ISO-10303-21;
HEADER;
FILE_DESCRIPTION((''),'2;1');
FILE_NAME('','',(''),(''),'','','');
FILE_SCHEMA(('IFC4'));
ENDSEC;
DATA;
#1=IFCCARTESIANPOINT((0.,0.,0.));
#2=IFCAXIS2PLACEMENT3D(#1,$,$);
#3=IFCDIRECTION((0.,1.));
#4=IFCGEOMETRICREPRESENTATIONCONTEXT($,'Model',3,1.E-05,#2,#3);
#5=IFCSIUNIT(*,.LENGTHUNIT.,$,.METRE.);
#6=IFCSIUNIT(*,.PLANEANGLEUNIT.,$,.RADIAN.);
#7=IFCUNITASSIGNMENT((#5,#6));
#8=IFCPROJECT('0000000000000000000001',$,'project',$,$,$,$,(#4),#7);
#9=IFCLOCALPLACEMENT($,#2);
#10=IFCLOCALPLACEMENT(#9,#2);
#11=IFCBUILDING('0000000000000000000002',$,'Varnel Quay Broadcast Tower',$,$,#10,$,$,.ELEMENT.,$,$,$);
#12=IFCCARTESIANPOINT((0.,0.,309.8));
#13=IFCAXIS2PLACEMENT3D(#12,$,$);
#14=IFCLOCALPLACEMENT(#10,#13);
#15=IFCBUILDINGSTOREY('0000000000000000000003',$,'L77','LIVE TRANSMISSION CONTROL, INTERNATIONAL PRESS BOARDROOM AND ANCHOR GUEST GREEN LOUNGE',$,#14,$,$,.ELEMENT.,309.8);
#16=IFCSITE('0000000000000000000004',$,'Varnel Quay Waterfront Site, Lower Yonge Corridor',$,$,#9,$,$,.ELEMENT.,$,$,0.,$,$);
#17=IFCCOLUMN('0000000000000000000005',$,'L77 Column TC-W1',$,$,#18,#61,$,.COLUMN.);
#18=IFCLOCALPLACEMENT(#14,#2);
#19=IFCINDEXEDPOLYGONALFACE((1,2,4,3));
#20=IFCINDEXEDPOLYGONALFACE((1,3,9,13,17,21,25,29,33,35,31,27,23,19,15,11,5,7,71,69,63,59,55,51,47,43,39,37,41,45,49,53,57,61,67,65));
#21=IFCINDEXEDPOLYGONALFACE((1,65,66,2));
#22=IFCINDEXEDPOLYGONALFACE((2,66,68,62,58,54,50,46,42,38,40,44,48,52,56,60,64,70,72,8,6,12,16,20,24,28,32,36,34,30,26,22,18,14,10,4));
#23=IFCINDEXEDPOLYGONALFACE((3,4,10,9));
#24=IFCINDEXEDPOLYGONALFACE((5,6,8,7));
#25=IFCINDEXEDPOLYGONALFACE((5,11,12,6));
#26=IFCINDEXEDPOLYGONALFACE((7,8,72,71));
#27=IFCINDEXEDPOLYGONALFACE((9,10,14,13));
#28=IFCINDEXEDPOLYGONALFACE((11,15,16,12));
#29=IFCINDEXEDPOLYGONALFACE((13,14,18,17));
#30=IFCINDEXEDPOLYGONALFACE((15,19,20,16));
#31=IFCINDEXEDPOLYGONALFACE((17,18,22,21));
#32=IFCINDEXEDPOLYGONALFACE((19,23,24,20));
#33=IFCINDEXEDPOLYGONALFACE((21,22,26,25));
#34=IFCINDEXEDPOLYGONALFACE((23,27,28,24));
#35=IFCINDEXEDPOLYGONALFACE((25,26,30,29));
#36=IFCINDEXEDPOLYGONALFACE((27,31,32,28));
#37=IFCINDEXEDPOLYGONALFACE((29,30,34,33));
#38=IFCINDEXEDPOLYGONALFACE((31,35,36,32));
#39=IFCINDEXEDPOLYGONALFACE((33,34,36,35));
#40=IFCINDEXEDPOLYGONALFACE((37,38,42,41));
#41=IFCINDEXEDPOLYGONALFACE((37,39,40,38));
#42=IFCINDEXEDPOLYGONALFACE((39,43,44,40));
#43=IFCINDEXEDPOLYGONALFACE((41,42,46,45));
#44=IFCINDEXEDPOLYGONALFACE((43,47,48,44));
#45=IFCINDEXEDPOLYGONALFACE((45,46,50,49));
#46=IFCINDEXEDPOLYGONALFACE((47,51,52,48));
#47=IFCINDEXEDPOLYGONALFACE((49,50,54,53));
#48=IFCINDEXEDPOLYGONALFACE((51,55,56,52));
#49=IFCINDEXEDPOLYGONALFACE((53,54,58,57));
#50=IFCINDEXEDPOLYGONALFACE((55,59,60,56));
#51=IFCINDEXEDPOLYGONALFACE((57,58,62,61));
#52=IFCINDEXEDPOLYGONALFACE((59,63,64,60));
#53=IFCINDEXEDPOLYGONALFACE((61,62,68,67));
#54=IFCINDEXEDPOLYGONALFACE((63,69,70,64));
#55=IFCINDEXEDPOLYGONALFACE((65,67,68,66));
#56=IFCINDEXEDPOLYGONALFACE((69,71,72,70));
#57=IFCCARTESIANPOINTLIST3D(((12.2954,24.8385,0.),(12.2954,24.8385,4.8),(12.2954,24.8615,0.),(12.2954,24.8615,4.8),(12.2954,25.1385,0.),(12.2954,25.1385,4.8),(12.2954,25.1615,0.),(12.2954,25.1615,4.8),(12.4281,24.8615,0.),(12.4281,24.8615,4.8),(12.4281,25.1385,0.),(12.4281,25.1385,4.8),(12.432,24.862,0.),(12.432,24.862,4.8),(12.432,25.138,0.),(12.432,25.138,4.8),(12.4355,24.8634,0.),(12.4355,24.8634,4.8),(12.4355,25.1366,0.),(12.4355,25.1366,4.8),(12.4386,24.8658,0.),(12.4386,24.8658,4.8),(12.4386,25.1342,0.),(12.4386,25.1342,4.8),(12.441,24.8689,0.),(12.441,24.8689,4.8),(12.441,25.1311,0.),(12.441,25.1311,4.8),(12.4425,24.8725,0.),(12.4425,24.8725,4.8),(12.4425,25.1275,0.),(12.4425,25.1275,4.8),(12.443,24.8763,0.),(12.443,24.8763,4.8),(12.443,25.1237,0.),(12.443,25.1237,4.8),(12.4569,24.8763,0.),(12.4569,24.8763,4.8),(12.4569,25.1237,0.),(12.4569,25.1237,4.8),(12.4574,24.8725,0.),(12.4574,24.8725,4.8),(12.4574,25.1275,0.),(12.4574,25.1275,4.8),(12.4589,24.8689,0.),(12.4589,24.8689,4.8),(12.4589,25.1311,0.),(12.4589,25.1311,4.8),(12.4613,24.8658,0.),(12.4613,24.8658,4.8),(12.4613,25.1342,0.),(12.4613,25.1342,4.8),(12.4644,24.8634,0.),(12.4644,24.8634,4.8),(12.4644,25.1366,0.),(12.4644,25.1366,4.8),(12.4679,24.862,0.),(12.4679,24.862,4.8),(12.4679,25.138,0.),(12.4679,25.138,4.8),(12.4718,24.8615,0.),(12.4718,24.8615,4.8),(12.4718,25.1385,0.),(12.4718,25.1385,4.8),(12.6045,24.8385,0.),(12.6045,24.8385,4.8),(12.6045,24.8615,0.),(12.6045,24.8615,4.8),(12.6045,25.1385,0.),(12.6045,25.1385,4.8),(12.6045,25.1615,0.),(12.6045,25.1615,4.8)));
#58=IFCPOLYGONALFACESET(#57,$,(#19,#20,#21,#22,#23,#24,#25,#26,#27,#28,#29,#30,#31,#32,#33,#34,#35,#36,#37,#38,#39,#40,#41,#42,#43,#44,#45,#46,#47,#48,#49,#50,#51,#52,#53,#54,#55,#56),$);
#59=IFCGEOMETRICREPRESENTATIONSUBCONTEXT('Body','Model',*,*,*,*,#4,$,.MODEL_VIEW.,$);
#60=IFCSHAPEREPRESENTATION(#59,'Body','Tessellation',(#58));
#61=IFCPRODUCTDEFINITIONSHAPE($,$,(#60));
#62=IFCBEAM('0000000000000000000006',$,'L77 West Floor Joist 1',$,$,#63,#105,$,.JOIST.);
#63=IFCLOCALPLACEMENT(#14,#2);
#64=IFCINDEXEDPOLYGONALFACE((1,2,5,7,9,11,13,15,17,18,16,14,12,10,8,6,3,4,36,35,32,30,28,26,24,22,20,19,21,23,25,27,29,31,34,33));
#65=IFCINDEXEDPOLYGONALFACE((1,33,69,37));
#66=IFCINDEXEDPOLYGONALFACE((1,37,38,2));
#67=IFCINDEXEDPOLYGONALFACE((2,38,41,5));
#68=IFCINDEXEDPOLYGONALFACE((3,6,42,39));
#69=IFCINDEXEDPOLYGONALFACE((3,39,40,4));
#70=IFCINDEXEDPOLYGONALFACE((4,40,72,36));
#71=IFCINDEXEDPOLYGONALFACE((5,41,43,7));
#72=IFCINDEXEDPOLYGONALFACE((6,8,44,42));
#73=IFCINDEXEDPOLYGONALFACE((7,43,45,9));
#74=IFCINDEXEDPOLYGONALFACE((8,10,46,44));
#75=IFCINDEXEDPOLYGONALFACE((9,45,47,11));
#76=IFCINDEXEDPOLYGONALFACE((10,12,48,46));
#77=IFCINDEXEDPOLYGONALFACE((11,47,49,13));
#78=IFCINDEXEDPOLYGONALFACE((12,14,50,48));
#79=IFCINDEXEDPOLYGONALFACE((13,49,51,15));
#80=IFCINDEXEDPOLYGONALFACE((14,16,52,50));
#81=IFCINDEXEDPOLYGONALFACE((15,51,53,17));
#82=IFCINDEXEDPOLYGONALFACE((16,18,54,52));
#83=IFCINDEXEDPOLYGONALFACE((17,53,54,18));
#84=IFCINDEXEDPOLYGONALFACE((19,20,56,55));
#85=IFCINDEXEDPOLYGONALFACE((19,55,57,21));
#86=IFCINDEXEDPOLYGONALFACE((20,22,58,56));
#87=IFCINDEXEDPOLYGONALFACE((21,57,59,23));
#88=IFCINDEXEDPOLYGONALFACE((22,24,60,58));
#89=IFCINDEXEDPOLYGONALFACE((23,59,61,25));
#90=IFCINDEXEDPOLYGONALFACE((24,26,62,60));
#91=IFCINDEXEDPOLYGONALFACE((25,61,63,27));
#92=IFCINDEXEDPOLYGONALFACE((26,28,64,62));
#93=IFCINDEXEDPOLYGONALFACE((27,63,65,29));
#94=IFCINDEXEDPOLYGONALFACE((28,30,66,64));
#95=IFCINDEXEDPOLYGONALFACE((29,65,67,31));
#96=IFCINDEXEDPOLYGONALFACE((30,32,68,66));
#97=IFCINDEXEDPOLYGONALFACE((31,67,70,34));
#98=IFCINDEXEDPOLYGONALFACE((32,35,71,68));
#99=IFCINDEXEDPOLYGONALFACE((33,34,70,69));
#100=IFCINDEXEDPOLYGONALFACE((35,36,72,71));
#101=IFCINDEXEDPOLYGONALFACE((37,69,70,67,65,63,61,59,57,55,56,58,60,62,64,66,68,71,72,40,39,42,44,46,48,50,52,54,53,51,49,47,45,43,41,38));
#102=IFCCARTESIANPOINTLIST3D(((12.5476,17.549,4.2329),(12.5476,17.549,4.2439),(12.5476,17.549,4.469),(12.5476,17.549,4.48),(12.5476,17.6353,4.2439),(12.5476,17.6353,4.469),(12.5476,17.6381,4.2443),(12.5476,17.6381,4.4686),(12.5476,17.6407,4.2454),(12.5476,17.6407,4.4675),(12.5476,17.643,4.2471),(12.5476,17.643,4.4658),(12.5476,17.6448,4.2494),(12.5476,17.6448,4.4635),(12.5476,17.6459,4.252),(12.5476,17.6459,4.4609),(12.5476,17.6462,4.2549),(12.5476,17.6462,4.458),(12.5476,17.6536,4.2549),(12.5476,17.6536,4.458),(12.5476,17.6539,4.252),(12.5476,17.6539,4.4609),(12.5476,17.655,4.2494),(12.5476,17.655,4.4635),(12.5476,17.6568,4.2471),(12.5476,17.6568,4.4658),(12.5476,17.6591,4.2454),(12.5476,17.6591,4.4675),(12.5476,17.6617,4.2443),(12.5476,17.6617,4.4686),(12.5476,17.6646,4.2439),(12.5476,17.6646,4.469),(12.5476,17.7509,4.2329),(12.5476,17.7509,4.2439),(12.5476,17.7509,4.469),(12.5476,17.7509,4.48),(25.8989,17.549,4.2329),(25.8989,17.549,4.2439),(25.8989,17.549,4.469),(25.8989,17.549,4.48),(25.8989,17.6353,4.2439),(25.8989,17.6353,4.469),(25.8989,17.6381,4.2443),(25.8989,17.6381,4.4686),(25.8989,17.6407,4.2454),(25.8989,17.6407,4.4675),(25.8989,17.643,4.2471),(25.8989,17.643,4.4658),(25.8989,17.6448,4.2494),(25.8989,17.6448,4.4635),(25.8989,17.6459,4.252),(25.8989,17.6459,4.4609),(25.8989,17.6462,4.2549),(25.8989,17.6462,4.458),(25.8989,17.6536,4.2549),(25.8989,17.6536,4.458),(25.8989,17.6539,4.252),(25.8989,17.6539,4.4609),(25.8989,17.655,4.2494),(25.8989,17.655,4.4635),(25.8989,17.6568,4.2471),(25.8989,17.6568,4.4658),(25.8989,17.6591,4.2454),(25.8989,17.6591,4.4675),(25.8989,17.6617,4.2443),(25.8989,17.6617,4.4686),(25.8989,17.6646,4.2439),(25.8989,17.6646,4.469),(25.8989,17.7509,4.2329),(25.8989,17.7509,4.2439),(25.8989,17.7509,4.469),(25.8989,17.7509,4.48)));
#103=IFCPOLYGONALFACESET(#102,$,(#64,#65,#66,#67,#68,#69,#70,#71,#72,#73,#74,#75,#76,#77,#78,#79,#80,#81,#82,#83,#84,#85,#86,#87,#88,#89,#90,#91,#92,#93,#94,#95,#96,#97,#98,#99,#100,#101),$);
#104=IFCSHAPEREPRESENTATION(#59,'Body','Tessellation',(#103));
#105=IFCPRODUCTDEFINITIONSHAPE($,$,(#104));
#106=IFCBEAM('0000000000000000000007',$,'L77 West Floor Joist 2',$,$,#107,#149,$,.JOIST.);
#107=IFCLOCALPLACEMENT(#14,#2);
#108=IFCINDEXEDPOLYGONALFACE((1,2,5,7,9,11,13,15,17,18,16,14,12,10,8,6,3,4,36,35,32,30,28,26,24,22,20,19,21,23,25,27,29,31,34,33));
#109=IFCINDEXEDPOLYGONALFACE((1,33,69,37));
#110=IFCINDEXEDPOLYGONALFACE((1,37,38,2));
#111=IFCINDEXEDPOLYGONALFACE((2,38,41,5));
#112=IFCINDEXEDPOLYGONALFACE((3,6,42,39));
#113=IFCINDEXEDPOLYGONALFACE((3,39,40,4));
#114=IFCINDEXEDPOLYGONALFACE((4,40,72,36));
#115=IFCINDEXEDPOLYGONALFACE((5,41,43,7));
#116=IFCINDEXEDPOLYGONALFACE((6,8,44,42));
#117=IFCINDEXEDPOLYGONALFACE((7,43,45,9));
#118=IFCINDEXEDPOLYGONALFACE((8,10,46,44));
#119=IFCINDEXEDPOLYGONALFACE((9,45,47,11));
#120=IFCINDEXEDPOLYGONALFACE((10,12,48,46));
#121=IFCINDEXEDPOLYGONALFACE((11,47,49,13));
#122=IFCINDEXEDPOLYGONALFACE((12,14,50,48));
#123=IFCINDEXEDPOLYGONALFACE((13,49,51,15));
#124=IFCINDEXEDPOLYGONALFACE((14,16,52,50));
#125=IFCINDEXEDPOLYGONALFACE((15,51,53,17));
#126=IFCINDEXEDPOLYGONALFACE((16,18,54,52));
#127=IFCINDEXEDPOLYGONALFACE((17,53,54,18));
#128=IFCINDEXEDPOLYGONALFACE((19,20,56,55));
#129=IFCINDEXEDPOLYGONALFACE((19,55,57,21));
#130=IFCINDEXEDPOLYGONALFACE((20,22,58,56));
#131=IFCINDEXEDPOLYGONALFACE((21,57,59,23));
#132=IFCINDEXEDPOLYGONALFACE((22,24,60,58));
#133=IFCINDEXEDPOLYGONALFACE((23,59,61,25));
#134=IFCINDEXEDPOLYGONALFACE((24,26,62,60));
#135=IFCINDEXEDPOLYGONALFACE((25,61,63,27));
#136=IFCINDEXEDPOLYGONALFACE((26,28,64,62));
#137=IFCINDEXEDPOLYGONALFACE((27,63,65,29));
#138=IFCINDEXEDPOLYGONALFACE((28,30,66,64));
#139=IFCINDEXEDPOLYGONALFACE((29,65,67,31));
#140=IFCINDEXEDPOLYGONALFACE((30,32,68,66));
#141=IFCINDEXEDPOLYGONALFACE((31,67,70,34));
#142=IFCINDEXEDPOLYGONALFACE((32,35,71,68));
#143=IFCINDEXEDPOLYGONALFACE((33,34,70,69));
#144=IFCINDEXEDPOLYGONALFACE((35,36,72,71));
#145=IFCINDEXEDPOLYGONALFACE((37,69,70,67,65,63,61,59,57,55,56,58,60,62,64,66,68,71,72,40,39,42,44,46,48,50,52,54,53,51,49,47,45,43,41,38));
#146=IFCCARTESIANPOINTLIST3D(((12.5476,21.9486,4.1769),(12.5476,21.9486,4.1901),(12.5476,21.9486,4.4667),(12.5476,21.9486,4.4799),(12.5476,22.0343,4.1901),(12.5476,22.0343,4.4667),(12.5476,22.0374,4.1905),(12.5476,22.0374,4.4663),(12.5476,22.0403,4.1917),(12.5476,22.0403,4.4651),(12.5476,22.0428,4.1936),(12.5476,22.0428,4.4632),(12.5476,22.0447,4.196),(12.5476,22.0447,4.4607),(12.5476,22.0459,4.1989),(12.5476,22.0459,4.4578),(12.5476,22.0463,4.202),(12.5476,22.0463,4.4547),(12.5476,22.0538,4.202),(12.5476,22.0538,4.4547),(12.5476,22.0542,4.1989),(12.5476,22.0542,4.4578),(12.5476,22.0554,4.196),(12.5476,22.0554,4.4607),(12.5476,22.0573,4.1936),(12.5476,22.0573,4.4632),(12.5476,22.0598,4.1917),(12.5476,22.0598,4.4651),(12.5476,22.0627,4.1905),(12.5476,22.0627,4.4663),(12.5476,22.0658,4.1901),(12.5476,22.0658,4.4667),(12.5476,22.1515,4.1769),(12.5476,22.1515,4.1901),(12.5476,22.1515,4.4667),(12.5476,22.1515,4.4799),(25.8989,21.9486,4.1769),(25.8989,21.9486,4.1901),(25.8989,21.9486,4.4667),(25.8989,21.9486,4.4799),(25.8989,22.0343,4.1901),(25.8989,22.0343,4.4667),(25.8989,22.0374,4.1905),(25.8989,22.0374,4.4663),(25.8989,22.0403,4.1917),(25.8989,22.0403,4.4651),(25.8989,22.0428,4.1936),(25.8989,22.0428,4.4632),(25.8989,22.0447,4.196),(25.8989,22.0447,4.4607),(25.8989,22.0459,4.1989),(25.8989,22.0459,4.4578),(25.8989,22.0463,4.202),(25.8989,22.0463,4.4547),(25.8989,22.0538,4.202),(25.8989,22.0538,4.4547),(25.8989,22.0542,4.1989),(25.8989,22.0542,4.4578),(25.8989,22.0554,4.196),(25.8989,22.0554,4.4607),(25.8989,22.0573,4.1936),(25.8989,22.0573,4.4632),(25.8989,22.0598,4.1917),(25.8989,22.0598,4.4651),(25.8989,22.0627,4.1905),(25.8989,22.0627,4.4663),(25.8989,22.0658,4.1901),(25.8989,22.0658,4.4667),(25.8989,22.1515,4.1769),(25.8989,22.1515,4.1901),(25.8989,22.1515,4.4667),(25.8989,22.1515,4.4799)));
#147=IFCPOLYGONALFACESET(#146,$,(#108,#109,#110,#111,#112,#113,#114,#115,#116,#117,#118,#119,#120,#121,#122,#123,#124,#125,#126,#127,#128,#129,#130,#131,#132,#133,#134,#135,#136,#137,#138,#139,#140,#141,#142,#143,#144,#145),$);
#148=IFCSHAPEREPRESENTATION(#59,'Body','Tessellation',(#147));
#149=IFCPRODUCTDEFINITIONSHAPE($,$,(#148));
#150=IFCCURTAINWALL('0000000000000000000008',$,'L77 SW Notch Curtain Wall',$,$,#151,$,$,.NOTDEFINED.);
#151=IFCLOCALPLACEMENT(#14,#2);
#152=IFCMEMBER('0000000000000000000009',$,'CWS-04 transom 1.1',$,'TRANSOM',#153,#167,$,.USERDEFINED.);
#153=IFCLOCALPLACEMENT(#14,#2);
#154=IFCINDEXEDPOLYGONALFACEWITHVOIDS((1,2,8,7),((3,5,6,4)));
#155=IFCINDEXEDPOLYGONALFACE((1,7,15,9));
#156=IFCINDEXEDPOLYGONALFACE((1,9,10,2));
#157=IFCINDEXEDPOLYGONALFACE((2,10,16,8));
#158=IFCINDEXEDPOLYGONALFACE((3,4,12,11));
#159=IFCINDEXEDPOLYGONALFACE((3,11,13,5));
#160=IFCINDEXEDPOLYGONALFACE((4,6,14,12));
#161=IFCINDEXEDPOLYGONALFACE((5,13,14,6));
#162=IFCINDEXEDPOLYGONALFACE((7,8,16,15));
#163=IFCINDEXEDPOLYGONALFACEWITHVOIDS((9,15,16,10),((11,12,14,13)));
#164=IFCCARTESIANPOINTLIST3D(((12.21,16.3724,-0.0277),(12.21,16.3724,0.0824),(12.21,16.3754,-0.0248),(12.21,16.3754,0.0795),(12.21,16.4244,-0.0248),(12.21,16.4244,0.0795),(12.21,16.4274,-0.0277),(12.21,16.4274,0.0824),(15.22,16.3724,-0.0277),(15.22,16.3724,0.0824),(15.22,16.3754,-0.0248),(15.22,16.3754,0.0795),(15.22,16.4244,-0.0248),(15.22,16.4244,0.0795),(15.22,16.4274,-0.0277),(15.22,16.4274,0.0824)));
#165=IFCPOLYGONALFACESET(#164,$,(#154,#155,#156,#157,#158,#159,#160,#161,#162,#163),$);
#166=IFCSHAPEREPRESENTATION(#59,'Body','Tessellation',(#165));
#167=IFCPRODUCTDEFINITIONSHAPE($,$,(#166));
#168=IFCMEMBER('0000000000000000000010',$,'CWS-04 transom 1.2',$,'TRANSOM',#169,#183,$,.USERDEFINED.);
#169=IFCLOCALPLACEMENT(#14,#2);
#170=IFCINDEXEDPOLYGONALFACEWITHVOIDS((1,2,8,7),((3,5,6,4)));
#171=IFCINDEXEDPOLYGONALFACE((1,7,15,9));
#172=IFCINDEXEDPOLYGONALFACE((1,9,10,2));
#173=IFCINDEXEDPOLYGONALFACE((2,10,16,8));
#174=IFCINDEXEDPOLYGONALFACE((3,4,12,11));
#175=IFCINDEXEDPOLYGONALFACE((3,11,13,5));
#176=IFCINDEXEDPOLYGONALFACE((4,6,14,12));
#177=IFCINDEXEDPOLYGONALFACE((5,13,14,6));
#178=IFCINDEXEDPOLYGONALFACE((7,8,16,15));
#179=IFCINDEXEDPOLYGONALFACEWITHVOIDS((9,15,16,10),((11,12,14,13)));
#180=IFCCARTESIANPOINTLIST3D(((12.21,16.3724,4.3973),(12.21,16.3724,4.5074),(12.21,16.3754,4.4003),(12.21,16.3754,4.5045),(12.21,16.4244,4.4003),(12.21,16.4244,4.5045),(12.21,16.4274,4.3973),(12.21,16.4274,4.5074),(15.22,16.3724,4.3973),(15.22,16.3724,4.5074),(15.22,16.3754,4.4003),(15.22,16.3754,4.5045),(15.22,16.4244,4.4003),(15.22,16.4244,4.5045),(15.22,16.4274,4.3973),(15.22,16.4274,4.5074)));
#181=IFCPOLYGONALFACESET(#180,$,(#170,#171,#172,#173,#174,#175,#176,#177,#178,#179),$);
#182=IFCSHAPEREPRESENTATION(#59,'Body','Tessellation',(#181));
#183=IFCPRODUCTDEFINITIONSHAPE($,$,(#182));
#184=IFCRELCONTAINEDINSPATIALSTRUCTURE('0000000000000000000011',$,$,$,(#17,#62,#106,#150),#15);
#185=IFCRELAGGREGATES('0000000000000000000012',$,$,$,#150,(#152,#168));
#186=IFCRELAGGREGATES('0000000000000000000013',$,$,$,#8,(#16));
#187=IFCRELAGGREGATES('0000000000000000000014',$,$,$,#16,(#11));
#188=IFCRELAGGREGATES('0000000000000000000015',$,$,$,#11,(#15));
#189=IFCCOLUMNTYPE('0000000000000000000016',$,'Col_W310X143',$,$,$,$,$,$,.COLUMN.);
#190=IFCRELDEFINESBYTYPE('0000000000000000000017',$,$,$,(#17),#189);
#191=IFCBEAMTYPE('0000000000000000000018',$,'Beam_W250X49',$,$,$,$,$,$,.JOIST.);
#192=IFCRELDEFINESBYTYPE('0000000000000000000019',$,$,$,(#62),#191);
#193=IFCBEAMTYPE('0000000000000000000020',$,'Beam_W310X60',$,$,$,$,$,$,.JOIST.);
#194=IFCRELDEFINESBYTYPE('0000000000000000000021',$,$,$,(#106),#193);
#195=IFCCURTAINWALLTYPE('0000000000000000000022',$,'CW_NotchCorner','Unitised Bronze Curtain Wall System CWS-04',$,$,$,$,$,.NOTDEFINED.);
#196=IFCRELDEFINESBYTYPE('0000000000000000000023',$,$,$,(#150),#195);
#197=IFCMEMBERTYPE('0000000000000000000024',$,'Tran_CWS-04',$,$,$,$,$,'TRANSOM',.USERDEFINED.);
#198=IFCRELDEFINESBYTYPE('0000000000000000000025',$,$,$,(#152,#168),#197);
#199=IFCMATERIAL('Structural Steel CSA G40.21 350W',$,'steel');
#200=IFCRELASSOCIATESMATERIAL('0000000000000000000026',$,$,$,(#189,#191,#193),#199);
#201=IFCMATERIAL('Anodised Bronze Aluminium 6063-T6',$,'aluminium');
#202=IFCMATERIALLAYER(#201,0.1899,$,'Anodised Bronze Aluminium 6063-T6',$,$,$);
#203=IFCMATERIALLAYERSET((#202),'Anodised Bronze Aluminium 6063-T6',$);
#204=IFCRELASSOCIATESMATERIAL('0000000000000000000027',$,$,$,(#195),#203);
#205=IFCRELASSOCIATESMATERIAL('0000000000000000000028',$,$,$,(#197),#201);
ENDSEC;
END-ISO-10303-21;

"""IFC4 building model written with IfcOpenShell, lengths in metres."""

from ifc_helpers import new_model, si_unit, direction, frame, origin, origin_2d, place, context, subcontext, project, spatial, hollow_rectangle, i_section, extrude, source, transform, mapped, material, layer, layer_set, material_profile, profile_set, type_object, type_shapes, element, aggregate, save


model = new_model("IFC4")

# Units and contexts
model_context = context("Model", 3, precision=1e-05, world=origin(), true_north=direction((0.0, 1.0)))
body_context = subcontext(model_context, "Body", "Model", "MODEL_VIEW")
ifc_project = project(units=[si_unit("LENGTHUNIT", "METRE"), si_unit("PLANEANGLEUNIT", "RADIAN")], contexts=[model_context])

# Site, building, storey
site_placement = place(None, origin())
site = spatial("IfcSite", under=ifc_project, at=site_placement, Name="Varnel Quay Waterfront Site, Lower Yonge Corridor", CompositionType="ELEMENT", RefElevation=0.0)
building_placement = place(site_placement, origin())
building = spatial("IfcBuilding", under=site, at=building_placement, Name="Varnel Quay Broadcast Tower", CompositionType="ELEMENT")
storey_placement = place(building_placement, frame((0.0, 0.0, 309.8)))
storey = spatial("IfcBuildingStorey", under=building, at=storey_placement, Name="L77", Description="LIVE TRANSMISSION CONTROL, INTERNATIONAL PRESS BOARDROOM AND ANCHOR GUEST GREEN LOUNGE", CompositionType="ELEMENT", Elevation=309.8)

# Column
ifc_material_1 = material(Name="Structural Steel CSA G40.21 350W", Category="steel")
ifc_material_profile_1 = material_profile(ifc_material_1, i_section(OverallWidth=0.3091, OverallDepth=0.323, WebThickness=0.0139, FlangeThickness=0.0229, FilletRadius=0.0149, at=origin_2d()), Name="W310X143")
ifc_profile_set_1 = profile_set([ifc_material_profile_1], Name="Structural Steel CSA G40.21 350W")
column_type = type_object("IfcColumnType", Name="Col_W310X143", PredefinedType="COLUMN", material=ifc_profile_set_1)
shared_shape_1 = source(origin(), body_context, "Body", "SweptSolid", [
    extrude(i_section(OverallWidth=0.3091, OverallDepth=0.323, WebThickness=0.0139, FlangeThickness=0.0229, FilletRadius=0.0149, at=origin_2d()), origin(), (0.0, 0.0, 1.0), 4.8),
])
type_shapes(column_type, [shared_shape_1])
column_placement = place(storey_placement, frame((12.45, 25.0, 0.0), z_axis=(0.0, 0.0, 1.0), x_axis=(1.0, 0.0, 0.0)))
element("IfcColumn", 1, at=column_placement, inside=storey, type_object=column_type, Name="L77 Column TC-W1", PredefinedType="COLUMN", context=body_context, shape_type="MappedRepresentation", body=[
    mapped(shared_shape_1, transform((0.0, 0.0, 0.0), x_axis=(1.0, 0.0, 0.0), y_axis=(0.0, 1.0, 0.0), z_axis=(0.0, 0.0, 1.0), scale=1.0)),
])

# Beams
ifc_material_profile_2 = material_profile(ifc_material_1, i_section(OverallWidth=0.2019, OverallDepth=0.2471, WebThickness=0.0073, FlangeThickness=0.011, FilletRadius=0.011, at=origin_2d()), Name="W250X49")
ifc_profile_set_2 = profile_set([ifc_material_profile_2], Name="Structural Steel CSA G40.21 350W")
beam_type_1 = type_object("IfcBeamType", Name="Beam_W250X49", PredefinedType="JOIST", material=ifc_profile_set_2)
shared_shape_2 = source(origin(), body_context, "Body", "SweptSolid", [
    extrude(i_section(OverallWidth=0.2019, OverallDepth=0.2471, WebThickness=0.0073, FlangeThickness=0.011, FilletRadius=0.011, at=origin_2d()), origin(), (0.0, 0.0, 1.0), 13.3513),
])
type_shapes(beam_type_1, [shared_shape_2])
beam_1_placement = place(storey_placement, frame((12.5476, 17.6499, 4.3564), z_axis=(1.0, 0.0, 0.0), x_axis=(0.0, 1.0, 0.0)))
element("IfcBeam", 2, at=beam_1_placement, inside=storey, type_object=beam_type_1, Name="L77 West Floor Joist 1", PredefinedType="JOIST", context=body_context, shape_type="MappedRepresentation", body=[
    mapped(shared_shape_2, transform((0.0, 0.0, 0.0), x_axis=(1.0, 0.0, 0.0), y_axis=(0.0, 1.0, 0.0), z_axis=(0.0, 0.0, 1.0), scale=1.0)),
])
ifc_material_profile_3 = material_profile(ifc_material_1, i_section(OverallWidth=0.2029, OverallDepth=0.303, WebThickness=0.0076, FlangeThickness=0.0132, FilletRadius=0.012, at=origin_2d()), Name="W310X60")
ifc_profile_set_3 = profile_set([ifc_material_profile_3], Name="Structural Steel CSA G40.21 350W")
beam_type_2 = type_object("IfcBeamType", Name="Beam_W310X60", PredefinedType="JOIST", material=ifc_profile_set_3)
shared_shape_3 = source(origin(), body_context, "Body", "SweptSolid", [
    extrude(i_section(OverallWidth=0.2029, OverallDepth=0.303, WebThickness=0.0076, FlangeThickness=0.0132, FilletRadius=0.012, at=origin_2d()), origin(), (0.0, 0.0, 1.0), 13.3513),
])
type_shapes(beam_type_2, [shared_shape_3])
beam_2_placement = place(storey_placement, frame((12.5476, 22.05, 4.3284), z_axis=(1.0, 0.0, 0.0), x_axis=(0.0, 1.0, 0.0)))
element("IfcBeam", 3, at=beam_2_placement, inside=storey, type_object=beam_type_2, Name="L77 West Floor Joist 2", PredefinedType="JOIST", context=body_context, shape_type="MappedRepresentation", body=[
    mapped(shared_shape_3, transform((0.0, 0.0, 0.0), x_axis=(1.0, 0.0, 0.0), y_axis=(0.0, 1.0, 0.0), z_axis=(0.0, 0.0, 1.0), scale=1.0)),
])

# Curtain wall, members
ifc_material_2 = material(Name="Anodised Bronze Aluminium 6063-T6", Category="aluminium")
ifc_layer_1 = layer(ifc_material_2, 0.1899, Name="Anodised Bronze Aluminium 6063-T6")
ifc_layer_set_1 = layer_set([ifc_layer_1], Name="Anodised Bronze Aluminium 6063-T6")
curtain_wall_type_1 = type_object("IfcCurtainWallType", Name="CW_NotchCorner", Description="Unitised Bronze Curtain Wall System CWS-04", PredefinedType="NOTDEFINED", material=ifc_layer_set_1)
curtain_wall_1_placement = place(storey_placement, origin())
curtain_wall_1 = element("IfcCurtainWall", 4, at=curtain_wall_1_placement, inside=storey, type_object=curtain_wall_type_1, Name="L77 SW Notch Curtain Wall", PredefinedType="NOTDEFINED")
ifc_material_profile_4 = material_profile(ifc_material_2, hollow_rectangle(XDim=0.0549, YDim=0.1101, WallThickness=0.0029, at=origin_2d()), Name="ALU55X110X3")
ifc_profile_set_4 = profile_set([ifc_material_profile_4], Name="Anodised Bronze Aluminium 6063-T6")
member_type_1 = type_object("IfcMemberType", Name="Tran_CWS-04", ElementType="TRANSOM", PredefinedType="USERDEFINED", material=ifc_profile_set_4)
shared_shape_4 = source(origin(), body_context, "Body", "SweptSolid", [
    extrude(hollow_rectangle(XDim=0.0549, YDim=0.1101, WallThickness=0.0029, at=origin_2d()), origin(), (0.0, 0.0, 1.0), 3.01),
])
type_shapes(member_type_1, [shared_shape_4])
member_1_placement = place(storey_placement, frame((12.21, 16.3999, 0.0273), z_axis=(1.0, 0.0, 0.0), x_axis=(0.0, 1.0, 0.0)))
member_1 = element("IfcMember", 5, at=member_1_placement, type_object=member_type_1, Name="CWS-04 transom 1.1", ObjectType="TRANSOM", PredefinedType="USERDEFINED", context=body_context, shape_type="MappedRepresentation", body=[
    mapped(shared_shape_4, transform((0.0, 0.0, 0.0), x_axis=(1.0, 0.0, 0.0), y_axis=(0.0, 1.0, 0.0), z_axis=(0.0, 0.0, 1.0), scale=1.0)),
])
member_2_placement = place(storey_placement, frame((12.21, 16.3999, 4.4524), z_axis=(1.0, 0.0, 0.0), x_axis=(0.0, 1.0, 0.0)))
member_2 = element("IfcMember", 6, at=member_2_placement, type_object=member_type_1, Name="CWS-04 transom 1.2", ObjectType="TRANSOM", PredefinedType="USERDEFINED", context=body_context, shape_type="MappedRepresentation", body=[
    mapped(shared_shape_4, transform((0.0, 0.0, 0.0), x_axis=(1.0, 0.0, 0.0), y_axis=(0.0, 1.0, 0.0), z_axis=(0.0, 0.0, 1.0), scale=1.0)),
])

aggregate(curtain_wall_1, [member_1, member_2])

save(model, "model.ifc")
